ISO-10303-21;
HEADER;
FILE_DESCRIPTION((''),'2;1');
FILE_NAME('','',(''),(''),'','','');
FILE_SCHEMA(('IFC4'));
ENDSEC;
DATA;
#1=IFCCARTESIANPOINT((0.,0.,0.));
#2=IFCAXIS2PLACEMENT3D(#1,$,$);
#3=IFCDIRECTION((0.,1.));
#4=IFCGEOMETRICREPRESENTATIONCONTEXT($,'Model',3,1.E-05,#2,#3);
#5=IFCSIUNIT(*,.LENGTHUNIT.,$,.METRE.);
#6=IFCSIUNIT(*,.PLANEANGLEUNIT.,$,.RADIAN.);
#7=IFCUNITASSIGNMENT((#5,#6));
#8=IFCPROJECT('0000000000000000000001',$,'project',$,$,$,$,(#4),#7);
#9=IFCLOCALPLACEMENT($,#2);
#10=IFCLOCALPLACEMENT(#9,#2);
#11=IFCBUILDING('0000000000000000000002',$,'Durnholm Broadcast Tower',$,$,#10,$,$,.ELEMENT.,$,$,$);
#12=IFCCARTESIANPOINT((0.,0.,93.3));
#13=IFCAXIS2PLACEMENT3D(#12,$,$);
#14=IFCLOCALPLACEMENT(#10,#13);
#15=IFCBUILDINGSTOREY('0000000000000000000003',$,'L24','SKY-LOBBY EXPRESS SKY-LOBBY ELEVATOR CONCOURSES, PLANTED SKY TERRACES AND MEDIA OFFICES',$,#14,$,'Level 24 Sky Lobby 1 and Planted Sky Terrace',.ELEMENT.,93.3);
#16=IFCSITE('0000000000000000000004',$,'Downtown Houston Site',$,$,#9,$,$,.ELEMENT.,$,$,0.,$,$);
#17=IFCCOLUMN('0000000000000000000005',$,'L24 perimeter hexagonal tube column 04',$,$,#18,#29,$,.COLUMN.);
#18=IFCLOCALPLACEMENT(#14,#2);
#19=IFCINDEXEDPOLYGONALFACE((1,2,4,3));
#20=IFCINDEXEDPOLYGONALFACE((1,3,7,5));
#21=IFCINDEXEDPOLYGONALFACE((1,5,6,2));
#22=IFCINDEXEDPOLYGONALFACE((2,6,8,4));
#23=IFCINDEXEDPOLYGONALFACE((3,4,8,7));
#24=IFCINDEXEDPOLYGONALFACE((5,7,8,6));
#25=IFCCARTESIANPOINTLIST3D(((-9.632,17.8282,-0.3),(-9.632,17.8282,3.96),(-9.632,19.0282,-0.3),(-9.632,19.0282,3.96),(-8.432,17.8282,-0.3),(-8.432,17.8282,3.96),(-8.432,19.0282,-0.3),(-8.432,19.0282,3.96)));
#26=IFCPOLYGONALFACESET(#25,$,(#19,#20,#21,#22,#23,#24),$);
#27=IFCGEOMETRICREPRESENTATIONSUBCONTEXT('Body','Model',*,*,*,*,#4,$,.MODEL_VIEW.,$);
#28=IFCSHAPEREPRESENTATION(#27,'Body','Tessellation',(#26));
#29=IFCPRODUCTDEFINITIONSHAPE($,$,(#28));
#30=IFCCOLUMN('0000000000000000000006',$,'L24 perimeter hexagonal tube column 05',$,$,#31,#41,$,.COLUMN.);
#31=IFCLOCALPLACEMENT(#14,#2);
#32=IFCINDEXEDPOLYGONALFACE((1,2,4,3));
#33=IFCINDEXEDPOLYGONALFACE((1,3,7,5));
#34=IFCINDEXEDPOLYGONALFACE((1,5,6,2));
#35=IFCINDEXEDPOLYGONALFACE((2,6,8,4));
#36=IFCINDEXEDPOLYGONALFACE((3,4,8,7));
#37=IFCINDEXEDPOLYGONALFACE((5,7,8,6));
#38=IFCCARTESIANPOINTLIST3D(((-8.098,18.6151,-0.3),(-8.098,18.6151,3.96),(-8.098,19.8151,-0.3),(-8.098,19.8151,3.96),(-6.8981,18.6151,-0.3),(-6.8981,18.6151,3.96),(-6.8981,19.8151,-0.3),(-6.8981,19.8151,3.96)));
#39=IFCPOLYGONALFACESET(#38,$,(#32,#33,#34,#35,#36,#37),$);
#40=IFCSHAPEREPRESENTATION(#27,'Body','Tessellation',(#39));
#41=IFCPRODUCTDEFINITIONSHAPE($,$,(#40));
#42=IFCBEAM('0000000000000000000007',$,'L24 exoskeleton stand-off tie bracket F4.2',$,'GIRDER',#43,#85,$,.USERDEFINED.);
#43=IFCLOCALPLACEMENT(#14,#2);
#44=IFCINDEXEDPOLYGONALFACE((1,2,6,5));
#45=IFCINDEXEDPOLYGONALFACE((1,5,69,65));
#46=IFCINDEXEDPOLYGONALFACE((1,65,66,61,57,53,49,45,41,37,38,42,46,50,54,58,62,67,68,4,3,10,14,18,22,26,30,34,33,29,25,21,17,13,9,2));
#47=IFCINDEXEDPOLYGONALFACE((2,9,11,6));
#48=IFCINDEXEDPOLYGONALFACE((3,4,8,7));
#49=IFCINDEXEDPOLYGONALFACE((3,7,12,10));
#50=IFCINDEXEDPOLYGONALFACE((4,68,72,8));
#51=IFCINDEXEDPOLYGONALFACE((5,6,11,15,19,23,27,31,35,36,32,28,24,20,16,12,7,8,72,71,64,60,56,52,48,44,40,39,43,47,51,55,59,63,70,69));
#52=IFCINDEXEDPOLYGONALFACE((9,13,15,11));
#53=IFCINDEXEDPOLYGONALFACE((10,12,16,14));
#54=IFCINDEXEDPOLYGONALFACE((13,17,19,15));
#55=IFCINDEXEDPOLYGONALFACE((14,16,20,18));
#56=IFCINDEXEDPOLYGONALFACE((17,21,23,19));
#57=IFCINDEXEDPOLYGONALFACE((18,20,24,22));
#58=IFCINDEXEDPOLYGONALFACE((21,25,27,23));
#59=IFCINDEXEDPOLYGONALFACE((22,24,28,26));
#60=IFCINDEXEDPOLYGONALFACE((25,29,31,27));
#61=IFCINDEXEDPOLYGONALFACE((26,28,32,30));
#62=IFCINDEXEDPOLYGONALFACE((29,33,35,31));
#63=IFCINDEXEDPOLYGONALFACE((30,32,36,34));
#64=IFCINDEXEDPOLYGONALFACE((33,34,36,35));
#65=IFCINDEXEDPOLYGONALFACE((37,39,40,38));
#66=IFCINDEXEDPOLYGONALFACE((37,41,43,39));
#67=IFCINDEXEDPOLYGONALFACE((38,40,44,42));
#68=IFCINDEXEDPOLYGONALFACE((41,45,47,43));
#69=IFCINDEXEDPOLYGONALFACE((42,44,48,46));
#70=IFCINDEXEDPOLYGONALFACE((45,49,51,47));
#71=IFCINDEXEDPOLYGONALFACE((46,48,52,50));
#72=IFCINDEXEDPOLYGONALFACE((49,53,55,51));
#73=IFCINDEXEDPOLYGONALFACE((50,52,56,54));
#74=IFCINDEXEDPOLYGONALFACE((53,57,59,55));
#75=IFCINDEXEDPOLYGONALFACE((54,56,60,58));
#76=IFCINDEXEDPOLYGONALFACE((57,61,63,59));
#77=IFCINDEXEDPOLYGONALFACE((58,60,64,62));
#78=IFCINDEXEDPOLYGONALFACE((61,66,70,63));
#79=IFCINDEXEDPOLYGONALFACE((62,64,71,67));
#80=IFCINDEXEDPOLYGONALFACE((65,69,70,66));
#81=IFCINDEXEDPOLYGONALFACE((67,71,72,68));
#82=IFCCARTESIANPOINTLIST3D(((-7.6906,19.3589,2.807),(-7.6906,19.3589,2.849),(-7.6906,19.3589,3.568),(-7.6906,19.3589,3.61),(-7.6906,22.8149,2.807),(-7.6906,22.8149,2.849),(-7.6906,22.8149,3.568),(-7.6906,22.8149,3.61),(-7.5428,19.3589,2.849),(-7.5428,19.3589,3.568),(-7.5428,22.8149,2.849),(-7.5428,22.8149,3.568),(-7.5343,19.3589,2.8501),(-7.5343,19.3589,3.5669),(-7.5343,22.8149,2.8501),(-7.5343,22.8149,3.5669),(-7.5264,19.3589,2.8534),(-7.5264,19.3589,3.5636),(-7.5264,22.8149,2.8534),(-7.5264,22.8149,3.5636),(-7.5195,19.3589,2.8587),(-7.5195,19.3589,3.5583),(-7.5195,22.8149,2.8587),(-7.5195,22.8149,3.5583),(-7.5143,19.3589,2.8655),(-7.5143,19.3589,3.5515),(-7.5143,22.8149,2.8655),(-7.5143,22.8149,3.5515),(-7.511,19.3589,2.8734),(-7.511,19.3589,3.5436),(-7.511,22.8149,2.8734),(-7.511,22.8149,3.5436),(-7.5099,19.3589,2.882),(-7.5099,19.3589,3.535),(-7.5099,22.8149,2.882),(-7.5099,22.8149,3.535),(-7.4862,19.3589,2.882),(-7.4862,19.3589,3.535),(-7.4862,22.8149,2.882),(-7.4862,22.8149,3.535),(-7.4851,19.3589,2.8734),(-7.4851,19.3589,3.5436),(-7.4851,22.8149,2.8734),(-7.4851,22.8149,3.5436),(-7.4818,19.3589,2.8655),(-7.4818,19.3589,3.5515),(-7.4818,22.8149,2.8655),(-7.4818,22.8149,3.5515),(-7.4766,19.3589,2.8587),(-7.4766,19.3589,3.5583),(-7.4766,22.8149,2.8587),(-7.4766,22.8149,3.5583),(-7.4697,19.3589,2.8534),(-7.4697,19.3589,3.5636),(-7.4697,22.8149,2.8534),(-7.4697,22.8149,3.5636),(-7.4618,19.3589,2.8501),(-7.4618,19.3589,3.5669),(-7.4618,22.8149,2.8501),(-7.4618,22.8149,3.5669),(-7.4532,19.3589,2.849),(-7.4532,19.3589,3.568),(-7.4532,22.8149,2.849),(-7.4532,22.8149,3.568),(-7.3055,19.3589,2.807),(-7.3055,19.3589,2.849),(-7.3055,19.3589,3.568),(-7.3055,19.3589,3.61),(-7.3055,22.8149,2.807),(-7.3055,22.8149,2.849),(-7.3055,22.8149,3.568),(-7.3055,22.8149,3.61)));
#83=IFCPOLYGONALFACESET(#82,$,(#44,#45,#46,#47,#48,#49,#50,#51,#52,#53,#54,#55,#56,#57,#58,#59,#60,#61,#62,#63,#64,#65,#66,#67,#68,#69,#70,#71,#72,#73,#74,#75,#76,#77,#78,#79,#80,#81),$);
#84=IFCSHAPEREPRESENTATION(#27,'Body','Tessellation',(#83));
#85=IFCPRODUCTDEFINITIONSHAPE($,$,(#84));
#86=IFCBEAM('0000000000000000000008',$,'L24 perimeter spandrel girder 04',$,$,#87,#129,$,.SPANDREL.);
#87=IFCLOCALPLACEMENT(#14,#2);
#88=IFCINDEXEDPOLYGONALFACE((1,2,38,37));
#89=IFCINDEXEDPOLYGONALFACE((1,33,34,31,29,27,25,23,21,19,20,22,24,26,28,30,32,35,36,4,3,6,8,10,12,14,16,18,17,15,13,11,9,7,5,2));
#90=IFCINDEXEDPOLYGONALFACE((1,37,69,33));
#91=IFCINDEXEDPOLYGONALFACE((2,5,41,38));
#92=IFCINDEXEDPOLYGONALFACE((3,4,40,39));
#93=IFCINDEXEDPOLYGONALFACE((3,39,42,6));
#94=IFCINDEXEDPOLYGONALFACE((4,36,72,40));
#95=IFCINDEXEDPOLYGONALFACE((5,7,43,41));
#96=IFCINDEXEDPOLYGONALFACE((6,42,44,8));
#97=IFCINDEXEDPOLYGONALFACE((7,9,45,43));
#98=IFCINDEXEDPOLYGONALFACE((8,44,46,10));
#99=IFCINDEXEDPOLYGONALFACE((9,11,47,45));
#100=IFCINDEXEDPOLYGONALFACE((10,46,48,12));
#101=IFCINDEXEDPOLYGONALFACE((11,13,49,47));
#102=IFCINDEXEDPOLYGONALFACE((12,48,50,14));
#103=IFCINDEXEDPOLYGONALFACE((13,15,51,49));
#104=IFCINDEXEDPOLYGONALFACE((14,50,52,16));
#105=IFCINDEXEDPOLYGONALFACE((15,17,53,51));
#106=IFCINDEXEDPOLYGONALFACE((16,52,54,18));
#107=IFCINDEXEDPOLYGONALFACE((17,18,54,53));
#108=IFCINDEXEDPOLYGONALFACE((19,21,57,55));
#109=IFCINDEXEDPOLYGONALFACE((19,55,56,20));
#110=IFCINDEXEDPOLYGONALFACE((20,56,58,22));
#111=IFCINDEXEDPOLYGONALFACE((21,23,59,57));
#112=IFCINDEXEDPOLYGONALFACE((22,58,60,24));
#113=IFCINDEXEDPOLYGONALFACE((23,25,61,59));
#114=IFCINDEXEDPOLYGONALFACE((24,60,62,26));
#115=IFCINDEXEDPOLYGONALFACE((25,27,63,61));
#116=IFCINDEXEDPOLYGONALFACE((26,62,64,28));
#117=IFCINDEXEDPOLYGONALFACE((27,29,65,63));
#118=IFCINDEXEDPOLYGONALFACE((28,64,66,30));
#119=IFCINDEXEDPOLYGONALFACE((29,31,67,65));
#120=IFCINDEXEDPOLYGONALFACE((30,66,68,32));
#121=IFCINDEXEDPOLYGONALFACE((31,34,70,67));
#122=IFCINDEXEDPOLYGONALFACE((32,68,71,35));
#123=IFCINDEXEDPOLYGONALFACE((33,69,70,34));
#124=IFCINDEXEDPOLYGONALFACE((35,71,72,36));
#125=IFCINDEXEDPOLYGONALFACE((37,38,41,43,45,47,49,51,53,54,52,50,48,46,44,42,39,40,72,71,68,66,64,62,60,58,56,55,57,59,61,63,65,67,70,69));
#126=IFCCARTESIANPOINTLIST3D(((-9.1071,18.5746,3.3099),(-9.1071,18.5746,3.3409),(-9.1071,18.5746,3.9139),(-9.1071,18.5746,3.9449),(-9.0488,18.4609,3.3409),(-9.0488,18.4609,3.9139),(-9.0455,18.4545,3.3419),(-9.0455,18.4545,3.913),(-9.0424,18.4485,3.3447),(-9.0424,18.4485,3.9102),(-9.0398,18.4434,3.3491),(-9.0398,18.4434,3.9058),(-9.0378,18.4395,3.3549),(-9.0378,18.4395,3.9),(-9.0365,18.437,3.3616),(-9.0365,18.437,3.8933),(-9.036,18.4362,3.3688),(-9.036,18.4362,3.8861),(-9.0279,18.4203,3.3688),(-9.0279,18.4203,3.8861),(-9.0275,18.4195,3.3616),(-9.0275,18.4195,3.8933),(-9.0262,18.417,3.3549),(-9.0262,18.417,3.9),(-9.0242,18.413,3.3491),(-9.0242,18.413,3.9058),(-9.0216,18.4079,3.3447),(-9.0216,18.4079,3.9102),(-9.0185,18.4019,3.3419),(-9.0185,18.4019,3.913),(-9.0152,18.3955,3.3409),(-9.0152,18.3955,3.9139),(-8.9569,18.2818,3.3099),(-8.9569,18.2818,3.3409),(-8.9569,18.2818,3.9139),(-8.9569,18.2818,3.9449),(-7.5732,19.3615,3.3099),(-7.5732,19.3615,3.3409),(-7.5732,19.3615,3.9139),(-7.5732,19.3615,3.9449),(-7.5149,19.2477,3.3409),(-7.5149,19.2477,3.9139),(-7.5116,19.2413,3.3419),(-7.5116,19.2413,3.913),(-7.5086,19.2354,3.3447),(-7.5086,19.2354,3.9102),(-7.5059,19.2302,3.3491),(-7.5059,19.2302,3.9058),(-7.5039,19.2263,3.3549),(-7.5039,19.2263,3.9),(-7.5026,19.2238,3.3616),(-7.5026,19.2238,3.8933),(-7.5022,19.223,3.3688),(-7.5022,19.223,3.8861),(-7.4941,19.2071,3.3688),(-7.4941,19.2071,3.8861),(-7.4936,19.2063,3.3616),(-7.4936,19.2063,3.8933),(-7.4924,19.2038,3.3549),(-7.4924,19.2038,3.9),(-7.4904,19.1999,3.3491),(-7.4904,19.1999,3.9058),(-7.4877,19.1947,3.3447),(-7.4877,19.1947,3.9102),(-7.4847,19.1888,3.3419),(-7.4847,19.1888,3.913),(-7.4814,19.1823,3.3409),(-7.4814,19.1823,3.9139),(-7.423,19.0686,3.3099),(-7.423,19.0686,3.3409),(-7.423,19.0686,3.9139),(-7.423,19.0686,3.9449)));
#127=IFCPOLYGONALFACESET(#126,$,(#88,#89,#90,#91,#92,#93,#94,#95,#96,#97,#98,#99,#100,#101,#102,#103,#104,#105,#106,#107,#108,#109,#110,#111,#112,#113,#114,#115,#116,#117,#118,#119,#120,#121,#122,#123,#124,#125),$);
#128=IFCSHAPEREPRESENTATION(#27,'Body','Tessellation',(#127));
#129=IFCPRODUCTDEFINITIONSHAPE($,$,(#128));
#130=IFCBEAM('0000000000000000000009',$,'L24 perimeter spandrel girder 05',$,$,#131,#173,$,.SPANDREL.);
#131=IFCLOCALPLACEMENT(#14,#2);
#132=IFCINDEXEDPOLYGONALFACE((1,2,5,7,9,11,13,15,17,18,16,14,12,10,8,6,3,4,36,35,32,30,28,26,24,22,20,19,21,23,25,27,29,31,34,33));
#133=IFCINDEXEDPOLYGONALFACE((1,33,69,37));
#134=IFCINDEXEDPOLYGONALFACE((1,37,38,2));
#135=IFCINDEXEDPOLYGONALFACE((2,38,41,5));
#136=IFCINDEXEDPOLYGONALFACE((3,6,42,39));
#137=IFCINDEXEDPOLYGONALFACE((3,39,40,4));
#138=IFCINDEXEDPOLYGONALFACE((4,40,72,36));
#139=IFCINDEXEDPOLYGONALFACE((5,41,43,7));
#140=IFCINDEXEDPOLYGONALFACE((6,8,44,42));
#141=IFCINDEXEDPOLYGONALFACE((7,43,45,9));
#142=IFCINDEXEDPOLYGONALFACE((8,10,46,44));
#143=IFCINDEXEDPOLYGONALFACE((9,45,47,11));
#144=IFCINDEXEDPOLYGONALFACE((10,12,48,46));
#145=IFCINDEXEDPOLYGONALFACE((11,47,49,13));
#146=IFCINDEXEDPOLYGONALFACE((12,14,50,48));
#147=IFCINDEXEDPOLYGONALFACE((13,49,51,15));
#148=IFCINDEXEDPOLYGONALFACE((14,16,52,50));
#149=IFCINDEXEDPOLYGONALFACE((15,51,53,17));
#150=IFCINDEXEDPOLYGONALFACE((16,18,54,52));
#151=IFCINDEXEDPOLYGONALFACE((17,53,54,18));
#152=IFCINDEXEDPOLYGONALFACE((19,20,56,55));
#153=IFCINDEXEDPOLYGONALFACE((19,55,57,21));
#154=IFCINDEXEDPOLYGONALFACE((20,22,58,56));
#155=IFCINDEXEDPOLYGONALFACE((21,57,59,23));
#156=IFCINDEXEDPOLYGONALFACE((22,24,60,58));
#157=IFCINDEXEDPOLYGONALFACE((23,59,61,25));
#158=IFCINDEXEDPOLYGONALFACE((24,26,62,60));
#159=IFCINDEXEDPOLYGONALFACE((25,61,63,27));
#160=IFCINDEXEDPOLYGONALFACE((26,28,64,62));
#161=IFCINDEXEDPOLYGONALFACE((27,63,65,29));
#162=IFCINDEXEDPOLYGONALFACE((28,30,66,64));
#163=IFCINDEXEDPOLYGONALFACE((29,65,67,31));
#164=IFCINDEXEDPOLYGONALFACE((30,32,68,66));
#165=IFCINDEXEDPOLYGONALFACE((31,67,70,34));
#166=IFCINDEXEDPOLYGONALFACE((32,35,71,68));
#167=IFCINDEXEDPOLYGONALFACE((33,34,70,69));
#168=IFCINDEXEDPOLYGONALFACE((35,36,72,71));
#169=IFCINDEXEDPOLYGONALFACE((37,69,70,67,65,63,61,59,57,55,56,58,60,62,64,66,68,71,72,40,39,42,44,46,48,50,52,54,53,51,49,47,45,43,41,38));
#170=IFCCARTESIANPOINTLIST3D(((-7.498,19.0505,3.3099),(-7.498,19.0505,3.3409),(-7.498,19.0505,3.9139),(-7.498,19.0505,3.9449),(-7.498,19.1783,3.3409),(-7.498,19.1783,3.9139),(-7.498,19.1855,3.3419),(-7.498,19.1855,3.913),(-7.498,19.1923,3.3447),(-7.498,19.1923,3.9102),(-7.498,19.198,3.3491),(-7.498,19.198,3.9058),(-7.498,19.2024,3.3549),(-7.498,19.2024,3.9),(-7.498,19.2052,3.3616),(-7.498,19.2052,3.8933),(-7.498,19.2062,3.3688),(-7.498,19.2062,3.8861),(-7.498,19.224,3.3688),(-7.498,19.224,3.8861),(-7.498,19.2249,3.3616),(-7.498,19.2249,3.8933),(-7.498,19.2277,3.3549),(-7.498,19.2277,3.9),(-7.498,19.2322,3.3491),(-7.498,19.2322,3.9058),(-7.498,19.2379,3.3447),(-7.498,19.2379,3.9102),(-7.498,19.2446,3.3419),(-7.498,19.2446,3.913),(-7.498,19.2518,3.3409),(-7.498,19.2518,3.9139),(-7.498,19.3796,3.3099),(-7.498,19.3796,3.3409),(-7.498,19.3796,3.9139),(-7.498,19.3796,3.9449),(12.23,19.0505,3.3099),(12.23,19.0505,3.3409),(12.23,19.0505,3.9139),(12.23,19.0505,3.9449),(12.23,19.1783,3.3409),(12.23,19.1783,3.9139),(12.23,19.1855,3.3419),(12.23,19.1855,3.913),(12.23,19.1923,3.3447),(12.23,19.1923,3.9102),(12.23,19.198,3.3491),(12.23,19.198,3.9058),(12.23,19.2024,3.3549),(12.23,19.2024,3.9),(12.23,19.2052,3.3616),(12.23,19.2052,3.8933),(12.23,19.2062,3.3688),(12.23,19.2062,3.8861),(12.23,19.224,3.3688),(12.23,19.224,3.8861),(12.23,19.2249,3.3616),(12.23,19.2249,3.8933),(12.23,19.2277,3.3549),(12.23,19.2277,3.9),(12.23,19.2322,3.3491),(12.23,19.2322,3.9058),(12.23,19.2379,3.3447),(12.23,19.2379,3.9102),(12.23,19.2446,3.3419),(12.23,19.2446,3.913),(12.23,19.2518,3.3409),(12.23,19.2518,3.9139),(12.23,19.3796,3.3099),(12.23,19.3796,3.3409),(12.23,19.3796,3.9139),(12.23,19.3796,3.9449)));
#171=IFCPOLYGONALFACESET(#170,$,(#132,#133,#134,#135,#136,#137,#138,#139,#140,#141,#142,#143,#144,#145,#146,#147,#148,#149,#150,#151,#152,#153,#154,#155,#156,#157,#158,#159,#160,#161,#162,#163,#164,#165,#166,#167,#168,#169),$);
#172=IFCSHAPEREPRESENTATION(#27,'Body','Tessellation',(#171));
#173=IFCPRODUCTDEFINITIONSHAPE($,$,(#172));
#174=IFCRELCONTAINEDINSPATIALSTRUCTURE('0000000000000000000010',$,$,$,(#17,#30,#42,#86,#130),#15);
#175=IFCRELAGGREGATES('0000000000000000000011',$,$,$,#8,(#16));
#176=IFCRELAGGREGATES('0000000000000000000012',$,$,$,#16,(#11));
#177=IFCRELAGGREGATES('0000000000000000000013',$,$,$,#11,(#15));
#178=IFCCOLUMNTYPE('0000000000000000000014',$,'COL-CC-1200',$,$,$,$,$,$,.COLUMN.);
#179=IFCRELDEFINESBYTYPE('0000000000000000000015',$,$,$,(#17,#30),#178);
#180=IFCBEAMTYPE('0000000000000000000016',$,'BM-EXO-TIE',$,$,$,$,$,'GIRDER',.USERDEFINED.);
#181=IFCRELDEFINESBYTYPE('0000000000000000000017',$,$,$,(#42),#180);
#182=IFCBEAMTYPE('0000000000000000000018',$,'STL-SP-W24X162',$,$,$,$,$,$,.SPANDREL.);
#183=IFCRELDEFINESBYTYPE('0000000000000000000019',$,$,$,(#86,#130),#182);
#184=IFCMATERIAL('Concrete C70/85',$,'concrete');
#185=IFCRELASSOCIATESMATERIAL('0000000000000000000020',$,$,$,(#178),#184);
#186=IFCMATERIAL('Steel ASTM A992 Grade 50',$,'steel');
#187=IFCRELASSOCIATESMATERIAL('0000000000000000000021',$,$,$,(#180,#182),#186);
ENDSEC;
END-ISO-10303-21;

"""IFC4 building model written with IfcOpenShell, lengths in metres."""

from ifc_helpers import new_model, si_unit, direction, frame, origin, origin_2d, place, context, subcontext, project, spatial, rectangle, i_section, extrude, source, transform, mapped, material, material_profile, profile_set, type_object, type_shapes, element, save


model = new_model("IFC4")

# Units and contexts
model_context = context("Model", 3, precision=1e-05, world=origin(), true_north=direction((0.0, 1.0)))
body_context = subcontext(model_context, "Body", "Model", "MODEL_VIEW")
ifc_project = project(units=[si_unit("LENGTHUNIT", "METRE"), si_unit("PLANEANGLEUNIT", "RADIAN")], contexts=[model_context])

# Site, building, storey
site_placement = place(None, origin())
site = spatial("IfcSite", under=ifc_project, at=site_placement, Name="Downtown Houston Site", CompositionType="ELEMENT", RefElevation=0.0)
building_placement = place(site_placement, origin())
building = spatial("IfcBuilding", under=site, at=building_placement, Name="Durnholm Broadcast Tower", CompositionType="ELEMENT")
storey_placement = place(building_placement, frame((0.0, 0.0, 93.3)))
storey = spatial("IfcBuildingStorey", under=building, at=storey_placement, Name="L24", Description="SKY-LOBBY EXPRESS SKY-LOBBY ELEVATOR CONCOURSES, PLANTED SKY TERRACES AND MEDIA OFFICES", LongName="Level 24 Sky Lobby 1 and Planted Sky Terrace", CompositionType="ELEMENT", Elevation=93.3)

# Columns
ifc_material_1 = material(Name="Concrete C70/85", Category="concrete")
ifc_material_profile_1 = material_profile(ifc_material_1, rectangle(XDim=1.2, YDim=1.2, at=origin_2d()), Name="RC1200X1200")
ifc_profile_set_1 = profile_set([ifc_material_profile_1], Name="Concrete C70/85")
column_type = type_object("IfcColumnType", Name="COL-CC-1200", PredefinedType="COLUMN", material=ifc_profile_set_1)
shared_shape_1 = source(origin(), body_context, "Body", "SweptSolid", [
    extrude(rectangle(XDim=1.2, YDim=1.2, at=origin_2d()), origin(), (0.0, 0.0, 1.0), 4.26),
])
type_shapes(column_type, [shared_shape_1])
for number, where, z_axis, x_axis, name in (
    (1, (-9.032, 18.4282, -0.3), (0.0, 0.0, 1.0), (1.0, 0.0, 0.0), "L24 perimeter hexagonal tube column 04"),
    (2, (-7.498, 19.2151, -0.3), (0.0, 0.0, 1.0), (1.0, 0.0, 0.0), "L24 perimeter hexagonal tube column 05"),
):
    element("IfcColumn", number, at=place(storey_placement, frame(where, z_axis=z_axis, x_axis=x_axis)), inside=storey, type_object=column_type, Name=name, PredefinedType="COLUMN", context=body_context, shape_type="MappedRepresentation", body=[
        mapped(shared_shape_1, transform((0.0, 0.0, 0.0), x_axis=(1.0, 0.0, 0.0), y_axis=(0.0, 1.0, 0.0), z_axis=(0.0, 0.0, 1.0), scale=1.0)),
    ])

# Beams
ifc_material_2 = material(Name="Steel ASTM A992 Grade 50", Category="steel")
ifc_material_profile_2 = material_profile(ifc_material_2, i_section(OverallWidth=0.385, OverallDepth=0.803, WebThickness=0.0237, FlangeThickness=0.042, FilletRadius=0.033, at=origin_2d()), Name="W30X261")
ifc_profile_set_2 = profile_set([ifc_material_profile_2], Name="Steel ASTM A992 Grade 50")
beam_type_1 = type_object("IfcBeamType", Name="BM-EXO-TIE", ElementType="GIRDER", PredefinedType="USERDEFINED", material=ifc_profile_set_2)
shared_shape_2 = source(origin(), body_context, "Body", "SweptSolid", [
    extrude(i_section(OverallWidth=0.385, OverallDepth=0.803, WebThickness=0.0237, FlangeThickness=0.042, FilletRadius=0.033, at=origin_2d()), origin(), (0.0, 0.0, 1.0), 3.4561),
])
beam_1_placement = place(storey_placement, frame((-7.498, 19.3589, 3.2085), z_axis=(0.0, 1.0, 0.0), x_axis=(-1.0, 0.0, 0.0)))
element("IfcBeam", 3, at=beam_1_placement, inside=storey, type_object=beam_type_1, Name="L24 exoskeleton stand-off tie bracket F4.2", ObjectType="GIRDER", PredefinedType="USERDEFINED", context=body_context, shape_type="MappedRepresentation", body=[
    mapped(shared_shape_2, transform((0.0, 0.0, 0.0), x_axis=(1.0, 0.0, 0.0), y_axis=(0.0, 1.0, 0.0), z_axis=(0.0, 0.0, 1.0), scale=1.0)),
])
ifc_material_profile_3 = material_profile(ifc_material_2, i_section(OverallWidth=0.3291, OverallDepth=0.635, WebThickness=0.0178, FlangeThickness=0.031, FilletRadius=0.0278, at=origin_2d()), Name="W24X162")
ifc_profile_set_3 = profile_set([ifc_material_profile_3], Name="Steel ASTM A992 Grade 50")
beam_type_2 = type_object("IfcBeamType", Name="STL-SP-W24X162", PredefinedType="SPANDREL", material=ifc_profile_set_3)
shared_shape_3 = source(origin(), body_context, "Body", "SweptSolid", [
    extrude(i_section(OverallWidth=0.3291, OverallDepth=0.635, WebThickness=0.0178, FlangeThickness=0.031, FilletRadius=0.0278, at=origin_2d()), origin(), (0.0, 0.0, 1.0), 1.7239),
])
beam_2_placement = place(storey_placement, frame((-9.032, 18.4282, 3.6274), z_axis=(0.889763, 0.456423, 0.0), x_axis=(-0.456423, 0.889763, 0.0)))
element("IfcBeam", 4, at=beam_2_placement, inside=storey, type_object=beam_type_2, Name="L24 perimeter spandrel girder 04", PredefinedType="SPANDREL", context=body_context, shape_type="MappedRepresentation", body=[
    mapped(shared_shape_3, transform((0.0, 0.0, 0.0), x_axis=(1.0, 0.0, 0.0), y_axis=(0.0, 1.0, 0.0), z_axis=(0.0, 0.0, 1.0), scale=1.0)),
])
shared_shape_4 = source(origin(), body_context, "Body", "SweptSolid", [
    extrude(i_section(OverallWidth=0.3291, OverallDepth=0.635, WebThickness=0.0178, FlangeThickness=0.031, FilletRadius=0.0278, at=origin_2d()), origin(), (0.0, 0.0, 1.0), 19.728),
])
type_shapes(beam_type_2, [shared_shape_3, shared_shape_4])
beam_3_placement = place(storey_placement, frame((-7.498, 19.2151, 3.6274), z_axis=(1.0, 0.0, 0.0), x_axis=(0.0, 1.0, 0.0)))
element("IfcBeam", 5, at=beam_3_placement, inside=storey, type_object=beam_type_2, Name="L24 perimeter spandrel girder 05", PredefinedType="SPANDREL", context=body_context, shape_type="MappedRepresentation", body=[
    mapped(shared_shape_4, transform((0.0, 0.0, 0.0), x_axis=(1.0, 0.0, 0.0), y_axis=(0.0, 1.0, 0.0), z_axis=(0.0, 0.0, 1.0), scale=1.0)),
])

save(model, "model.ifc")
